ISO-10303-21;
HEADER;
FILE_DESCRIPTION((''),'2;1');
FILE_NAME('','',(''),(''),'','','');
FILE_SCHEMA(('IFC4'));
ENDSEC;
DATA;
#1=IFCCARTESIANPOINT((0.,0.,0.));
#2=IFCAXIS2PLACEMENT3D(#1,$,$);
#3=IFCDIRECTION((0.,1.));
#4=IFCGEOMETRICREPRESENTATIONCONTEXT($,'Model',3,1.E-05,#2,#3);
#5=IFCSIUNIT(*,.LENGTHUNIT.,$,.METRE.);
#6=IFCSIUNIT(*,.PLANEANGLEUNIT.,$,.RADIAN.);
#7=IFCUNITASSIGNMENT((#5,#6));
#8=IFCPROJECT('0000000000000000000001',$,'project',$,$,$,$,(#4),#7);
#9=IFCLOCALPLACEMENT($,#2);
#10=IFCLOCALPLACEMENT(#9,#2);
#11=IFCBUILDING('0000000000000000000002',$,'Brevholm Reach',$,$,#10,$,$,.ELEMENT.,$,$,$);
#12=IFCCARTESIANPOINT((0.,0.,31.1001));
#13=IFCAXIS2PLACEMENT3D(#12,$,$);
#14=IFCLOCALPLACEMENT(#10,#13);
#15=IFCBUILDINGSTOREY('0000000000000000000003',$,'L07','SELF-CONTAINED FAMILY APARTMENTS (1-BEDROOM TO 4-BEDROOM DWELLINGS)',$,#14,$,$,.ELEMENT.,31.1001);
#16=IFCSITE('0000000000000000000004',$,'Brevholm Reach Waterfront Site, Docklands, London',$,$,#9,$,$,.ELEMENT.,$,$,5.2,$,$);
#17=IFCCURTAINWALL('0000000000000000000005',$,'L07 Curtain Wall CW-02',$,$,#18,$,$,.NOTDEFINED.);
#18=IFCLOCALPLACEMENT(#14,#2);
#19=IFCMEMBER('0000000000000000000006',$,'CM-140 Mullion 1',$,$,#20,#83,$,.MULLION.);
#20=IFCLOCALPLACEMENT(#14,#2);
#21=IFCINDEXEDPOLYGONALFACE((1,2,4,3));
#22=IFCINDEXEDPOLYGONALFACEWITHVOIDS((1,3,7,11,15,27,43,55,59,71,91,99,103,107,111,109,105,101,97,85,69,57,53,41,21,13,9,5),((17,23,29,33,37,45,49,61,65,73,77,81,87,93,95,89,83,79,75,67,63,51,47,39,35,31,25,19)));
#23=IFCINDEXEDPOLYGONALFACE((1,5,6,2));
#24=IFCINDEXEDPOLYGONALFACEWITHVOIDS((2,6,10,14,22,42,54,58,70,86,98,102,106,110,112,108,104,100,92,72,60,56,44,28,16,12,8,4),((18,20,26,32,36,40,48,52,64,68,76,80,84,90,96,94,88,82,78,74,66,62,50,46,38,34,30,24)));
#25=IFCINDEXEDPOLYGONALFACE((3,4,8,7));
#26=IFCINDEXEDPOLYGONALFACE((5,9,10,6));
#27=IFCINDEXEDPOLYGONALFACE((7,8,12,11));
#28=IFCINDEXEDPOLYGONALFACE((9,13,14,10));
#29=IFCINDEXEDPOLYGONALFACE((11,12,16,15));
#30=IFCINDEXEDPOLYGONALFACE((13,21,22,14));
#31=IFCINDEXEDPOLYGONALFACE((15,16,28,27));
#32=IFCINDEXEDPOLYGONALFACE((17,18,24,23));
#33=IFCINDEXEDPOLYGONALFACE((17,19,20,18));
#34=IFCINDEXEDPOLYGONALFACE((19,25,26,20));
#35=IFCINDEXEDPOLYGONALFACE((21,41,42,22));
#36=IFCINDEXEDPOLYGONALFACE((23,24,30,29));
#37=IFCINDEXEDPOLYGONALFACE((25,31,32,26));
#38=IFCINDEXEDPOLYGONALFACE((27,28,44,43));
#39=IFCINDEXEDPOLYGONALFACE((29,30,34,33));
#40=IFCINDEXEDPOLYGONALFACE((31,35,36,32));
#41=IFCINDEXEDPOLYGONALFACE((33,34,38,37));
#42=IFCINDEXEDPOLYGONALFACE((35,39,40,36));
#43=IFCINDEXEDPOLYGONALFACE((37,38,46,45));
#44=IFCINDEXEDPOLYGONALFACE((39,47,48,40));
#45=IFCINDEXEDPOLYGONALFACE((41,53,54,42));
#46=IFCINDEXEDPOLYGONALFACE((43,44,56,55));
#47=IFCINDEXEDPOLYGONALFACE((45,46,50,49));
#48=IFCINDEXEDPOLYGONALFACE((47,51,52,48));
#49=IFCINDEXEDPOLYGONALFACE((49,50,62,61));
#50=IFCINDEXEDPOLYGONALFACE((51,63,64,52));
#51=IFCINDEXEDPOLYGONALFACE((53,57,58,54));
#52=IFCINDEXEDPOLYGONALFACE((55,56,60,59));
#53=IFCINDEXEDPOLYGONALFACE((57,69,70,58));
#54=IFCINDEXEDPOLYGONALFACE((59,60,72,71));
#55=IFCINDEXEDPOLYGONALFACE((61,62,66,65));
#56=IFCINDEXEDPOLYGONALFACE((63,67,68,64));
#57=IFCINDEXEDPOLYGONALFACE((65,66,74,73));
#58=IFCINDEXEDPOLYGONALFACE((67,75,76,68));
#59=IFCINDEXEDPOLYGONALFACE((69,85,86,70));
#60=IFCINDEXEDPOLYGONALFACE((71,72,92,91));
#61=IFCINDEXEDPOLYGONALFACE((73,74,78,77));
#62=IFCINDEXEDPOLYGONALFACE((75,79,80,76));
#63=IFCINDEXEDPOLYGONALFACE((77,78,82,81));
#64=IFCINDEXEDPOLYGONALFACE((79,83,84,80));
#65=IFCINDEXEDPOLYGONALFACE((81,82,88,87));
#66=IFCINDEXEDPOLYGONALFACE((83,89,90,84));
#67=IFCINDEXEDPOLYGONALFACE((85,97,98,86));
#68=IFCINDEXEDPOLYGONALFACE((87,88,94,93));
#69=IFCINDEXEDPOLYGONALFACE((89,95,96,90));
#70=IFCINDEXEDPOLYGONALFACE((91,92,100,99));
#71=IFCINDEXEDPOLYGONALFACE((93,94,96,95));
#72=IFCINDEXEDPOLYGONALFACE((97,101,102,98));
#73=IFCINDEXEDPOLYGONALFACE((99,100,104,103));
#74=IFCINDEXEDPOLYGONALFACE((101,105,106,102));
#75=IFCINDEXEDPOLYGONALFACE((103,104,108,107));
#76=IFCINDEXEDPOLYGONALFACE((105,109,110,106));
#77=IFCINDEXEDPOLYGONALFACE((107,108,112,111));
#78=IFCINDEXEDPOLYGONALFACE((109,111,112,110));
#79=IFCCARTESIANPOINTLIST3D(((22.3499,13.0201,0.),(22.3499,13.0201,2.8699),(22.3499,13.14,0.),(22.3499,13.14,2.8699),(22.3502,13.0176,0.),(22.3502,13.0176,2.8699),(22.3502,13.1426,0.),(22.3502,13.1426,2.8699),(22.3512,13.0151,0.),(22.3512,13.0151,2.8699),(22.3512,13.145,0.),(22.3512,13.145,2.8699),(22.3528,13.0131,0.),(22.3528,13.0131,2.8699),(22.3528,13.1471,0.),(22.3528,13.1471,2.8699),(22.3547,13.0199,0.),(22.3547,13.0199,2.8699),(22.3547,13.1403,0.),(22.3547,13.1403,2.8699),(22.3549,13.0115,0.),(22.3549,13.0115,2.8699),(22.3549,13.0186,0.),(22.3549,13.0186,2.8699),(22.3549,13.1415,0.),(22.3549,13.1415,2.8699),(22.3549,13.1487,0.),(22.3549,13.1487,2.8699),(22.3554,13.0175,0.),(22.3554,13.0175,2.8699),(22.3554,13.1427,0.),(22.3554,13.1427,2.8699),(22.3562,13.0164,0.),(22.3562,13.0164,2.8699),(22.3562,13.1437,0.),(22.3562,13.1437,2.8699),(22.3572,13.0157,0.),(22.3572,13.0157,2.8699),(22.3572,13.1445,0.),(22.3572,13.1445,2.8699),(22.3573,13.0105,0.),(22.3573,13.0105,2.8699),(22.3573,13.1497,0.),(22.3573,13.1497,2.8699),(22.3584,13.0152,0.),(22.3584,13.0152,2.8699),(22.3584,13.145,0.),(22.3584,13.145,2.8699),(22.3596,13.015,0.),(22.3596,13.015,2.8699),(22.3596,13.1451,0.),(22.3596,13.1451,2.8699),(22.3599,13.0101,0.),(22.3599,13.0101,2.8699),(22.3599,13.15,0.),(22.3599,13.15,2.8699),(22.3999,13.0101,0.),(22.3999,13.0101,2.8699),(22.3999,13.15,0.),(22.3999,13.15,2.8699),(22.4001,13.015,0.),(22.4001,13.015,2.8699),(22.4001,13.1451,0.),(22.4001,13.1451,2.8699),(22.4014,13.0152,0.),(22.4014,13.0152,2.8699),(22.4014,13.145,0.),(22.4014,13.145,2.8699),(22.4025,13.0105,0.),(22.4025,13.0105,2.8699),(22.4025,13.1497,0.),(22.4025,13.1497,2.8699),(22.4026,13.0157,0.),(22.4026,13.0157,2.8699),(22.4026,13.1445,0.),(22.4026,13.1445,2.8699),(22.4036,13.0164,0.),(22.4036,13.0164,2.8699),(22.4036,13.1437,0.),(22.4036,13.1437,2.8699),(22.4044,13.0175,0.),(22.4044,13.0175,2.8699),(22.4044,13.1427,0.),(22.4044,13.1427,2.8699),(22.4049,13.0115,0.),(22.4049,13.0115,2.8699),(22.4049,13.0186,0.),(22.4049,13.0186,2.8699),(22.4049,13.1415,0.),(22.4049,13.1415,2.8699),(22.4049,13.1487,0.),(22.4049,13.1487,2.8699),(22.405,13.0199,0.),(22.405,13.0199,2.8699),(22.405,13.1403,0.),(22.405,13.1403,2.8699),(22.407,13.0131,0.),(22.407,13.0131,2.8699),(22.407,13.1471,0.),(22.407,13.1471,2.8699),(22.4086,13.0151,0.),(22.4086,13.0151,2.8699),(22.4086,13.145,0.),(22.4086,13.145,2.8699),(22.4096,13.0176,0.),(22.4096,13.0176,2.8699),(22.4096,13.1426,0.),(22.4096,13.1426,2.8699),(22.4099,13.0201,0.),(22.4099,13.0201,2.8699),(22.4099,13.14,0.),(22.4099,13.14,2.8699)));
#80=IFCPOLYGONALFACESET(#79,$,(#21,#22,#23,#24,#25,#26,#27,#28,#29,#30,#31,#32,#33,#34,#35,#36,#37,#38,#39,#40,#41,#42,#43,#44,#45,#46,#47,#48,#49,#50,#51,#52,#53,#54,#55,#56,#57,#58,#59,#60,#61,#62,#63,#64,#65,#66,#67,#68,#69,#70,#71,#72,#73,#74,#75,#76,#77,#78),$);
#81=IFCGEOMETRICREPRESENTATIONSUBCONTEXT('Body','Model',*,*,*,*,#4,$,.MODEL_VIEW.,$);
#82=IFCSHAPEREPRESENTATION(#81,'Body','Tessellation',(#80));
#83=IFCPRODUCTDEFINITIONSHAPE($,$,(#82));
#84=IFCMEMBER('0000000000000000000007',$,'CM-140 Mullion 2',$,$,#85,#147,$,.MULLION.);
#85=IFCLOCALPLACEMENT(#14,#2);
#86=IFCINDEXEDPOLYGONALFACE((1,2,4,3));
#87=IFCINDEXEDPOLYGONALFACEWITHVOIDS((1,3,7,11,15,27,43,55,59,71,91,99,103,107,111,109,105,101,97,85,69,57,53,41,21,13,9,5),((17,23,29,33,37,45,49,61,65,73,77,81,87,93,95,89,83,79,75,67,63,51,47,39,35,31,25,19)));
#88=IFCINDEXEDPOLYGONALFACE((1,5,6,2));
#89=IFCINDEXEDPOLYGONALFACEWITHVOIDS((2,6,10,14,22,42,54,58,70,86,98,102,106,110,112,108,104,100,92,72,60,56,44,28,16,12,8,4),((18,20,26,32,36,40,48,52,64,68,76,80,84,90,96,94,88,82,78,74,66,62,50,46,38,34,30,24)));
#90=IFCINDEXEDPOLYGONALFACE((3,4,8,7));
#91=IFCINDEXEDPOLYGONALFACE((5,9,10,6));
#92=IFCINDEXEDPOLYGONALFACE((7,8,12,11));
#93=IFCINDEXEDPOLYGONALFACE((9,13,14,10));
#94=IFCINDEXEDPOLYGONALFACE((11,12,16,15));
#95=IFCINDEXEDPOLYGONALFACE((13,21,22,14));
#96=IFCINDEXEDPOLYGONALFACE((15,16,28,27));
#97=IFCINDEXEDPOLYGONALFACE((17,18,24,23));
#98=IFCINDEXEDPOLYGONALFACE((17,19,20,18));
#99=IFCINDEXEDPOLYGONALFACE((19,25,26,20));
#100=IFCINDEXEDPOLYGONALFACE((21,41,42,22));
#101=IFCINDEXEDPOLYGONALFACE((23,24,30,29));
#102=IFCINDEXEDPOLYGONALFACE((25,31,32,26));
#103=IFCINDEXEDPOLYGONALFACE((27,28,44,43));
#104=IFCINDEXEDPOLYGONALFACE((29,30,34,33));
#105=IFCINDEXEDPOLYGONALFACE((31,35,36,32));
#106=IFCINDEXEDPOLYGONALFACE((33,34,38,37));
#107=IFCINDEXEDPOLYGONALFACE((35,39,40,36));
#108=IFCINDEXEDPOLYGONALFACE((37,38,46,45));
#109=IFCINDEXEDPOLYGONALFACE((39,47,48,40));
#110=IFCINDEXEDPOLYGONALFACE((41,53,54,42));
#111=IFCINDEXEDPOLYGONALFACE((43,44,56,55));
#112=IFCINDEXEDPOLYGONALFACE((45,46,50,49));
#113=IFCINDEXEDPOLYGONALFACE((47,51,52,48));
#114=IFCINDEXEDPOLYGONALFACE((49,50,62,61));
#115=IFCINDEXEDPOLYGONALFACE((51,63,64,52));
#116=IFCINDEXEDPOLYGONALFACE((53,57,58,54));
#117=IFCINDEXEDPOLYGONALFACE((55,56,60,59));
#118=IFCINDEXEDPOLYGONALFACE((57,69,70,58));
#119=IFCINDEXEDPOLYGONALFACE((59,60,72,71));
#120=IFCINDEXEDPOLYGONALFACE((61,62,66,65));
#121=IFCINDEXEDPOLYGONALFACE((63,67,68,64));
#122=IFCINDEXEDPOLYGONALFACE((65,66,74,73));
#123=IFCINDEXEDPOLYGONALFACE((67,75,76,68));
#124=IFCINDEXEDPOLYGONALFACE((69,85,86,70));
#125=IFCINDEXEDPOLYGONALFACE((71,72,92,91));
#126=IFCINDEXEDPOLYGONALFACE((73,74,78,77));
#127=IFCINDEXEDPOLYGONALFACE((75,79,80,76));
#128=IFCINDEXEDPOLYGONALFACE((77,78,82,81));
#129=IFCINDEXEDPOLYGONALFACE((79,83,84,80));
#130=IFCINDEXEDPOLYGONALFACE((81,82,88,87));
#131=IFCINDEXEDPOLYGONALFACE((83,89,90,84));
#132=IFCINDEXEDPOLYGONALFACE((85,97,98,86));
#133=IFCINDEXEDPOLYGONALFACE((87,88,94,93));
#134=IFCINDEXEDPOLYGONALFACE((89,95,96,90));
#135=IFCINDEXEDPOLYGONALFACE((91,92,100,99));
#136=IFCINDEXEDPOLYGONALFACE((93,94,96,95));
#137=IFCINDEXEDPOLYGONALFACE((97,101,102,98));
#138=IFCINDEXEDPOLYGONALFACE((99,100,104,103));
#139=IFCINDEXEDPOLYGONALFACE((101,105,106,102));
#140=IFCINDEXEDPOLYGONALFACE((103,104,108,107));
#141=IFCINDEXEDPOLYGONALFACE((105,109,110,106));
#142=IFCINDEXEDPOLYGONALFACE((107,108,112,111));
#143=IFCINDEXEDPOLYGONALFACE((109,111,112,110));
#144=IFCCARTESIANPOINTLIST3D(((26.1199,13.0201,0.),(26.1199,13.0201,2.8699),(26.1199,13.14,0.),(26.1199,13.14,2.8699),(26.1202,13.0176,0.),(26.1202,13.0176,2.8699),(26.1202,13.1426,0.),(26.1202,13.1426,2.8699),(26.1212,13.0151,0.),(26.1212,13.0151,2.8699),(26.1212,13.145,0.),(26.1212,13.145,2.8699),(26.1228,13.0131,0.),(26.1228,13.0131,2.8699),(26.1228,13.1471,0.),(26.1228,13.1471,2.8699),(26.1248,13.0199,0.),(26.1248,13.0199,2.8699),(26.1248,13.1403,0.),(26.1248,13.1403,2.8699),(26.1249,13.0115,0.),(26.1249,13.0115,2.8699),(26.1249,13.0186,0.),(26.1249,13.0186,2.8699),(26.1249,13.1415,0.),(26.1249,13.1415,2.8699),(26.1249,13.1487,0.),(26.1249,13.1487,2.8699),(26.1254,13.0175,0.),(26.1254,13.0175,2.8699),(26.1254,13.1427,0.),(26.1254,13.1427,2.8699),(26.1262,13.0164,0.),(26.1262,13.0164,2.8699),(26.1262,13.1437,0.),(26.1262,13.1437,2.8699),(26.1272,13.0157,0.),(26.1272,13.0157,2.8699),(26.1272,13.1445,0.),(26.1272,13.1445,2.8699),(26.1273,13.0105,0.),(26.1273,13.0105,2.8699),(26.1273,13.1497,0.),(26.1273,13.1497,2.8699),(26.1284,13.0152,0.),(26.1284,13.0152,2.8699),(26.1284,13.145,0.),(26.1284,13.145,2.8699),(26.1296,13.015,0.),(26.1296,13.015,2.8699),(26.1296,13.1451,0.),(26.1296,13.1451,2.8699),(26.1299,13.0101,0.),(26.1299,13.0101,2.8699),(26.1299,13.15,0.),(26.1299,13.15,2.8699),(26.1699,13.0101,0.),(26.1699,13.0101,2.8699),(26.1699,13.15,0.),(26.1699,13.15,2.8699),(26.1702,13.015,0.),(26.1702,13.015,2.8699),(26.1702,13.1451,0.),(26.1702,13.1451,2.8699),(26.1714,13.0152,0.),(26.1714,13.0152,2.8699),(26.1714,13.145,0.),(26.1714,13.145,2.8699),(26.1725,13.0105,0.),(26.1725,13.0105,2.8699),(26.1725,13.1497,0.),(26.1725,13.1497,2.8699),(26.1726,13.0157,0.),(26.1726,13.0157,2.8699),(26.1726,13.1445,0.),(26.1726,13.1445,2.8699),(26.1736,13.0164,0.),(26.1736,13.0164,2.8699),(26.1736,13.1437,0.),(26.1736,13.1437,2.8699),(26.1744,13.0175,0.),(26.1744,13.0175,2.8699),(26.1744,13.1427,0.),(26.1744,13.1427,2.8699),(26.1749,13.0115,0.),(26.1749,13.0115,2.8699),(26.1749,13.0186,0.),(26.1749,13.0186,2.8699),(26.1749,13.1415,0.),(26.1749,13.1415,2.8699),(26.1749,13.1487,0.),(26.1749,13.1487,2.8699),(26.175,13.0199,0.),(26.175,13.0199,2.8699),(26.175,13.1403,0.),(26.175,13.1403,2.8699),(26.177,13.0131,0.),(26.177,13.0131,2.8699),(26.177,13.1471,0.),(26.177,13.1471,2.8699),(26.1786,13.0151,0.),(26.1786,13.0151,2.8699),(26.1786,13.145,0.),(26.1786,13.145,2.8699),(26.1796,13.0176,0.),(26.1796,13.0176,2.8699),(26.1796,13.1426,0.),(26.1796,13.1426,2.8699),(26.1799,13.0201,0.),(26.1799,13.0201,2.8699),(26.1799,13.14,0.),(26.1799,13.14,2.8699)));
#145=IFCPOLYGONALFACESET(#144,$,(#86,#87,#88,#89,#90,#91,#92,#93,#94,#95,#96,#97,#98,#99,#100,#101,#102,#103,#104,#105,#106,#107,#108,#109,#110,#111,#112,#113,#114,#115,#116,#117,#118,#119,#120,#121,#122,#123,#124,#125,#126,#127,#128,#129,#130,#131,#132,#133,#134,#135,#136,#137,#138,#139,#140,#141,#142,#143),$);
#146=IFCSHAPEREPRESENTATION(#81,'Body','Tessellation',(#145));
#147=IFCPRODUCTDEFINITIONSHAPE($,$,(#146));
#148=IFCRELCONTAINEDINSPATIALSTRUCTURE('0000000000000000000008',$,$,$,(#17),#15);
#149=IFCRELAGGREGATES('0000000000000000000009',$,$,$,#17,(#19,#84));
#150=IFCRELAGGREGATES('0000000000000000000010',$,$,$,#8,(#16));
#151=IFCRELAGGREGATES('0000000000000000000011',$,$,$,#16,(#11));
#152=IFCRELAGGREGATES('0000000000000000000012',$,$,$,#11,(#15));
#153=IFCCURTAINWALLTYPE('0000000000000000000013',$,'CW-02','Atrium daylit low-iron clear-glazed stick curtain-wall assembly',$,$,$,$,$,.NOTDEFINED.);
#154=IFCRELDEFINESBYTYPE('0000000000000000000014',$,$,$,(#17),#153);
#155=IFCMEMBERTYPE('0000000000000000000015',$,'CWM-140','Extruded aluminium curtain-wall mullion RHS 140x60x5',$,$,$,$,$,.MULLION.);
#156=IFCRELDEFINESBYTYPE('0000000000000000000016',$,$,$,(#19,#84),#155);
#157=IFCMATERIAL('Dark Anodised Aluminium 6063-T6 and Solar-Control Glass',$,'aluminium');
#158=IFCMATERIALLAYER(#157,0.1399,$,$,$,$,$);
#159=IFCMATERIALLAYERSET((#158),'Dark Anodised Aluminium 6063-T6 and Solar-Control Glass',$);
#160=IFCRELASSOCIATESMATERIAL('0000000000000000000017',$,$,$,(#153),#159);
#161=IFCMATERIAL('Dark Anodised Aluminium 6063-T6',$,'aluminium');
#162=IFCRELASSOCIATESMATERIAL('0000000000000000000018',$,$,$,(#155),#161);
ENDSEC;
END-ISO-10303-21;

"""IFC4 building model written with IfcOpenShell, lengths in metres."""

from ifc_helpers import new_model, si_unit, direction, frame, origin, origin_2d, place, context, subcontext, project, spatial, hollow_rectangle, extrude, material, layer, layer_set, material_profile, profile_set, type_object, element, aggregate, save


model = new_model("IFC4")

# Units and contexts
model_context = context("Model", 3, precision=1e-05, world=origin(), true_north=direction((0.0, 1.0)))
body_context = subcontext(model_context, "Body", "Model", "MODEL_VIEW")
ifc_project = project(units=[si_unit("LENGTHUNIT", "METRE"), si_unit("PLANEANGLEUNIT", "RADIAN")], contexts=[model_context])

# Site, building, storey
site_placement = place(None, origin())
site = spatial("IfcSite", under=ifc_project, at=site_placement, Name="Brevholm Reach Waterfront Site, Docklands, London", CompositionType="ELEMENT", RefElevation=5.2)
building_placement = place(site_placement, origin())
building = spatial("IfcBuilding", under=site, at=building_placement, Name="Brevholm Reach", CompositionType="ELEMENT")
storey_placement = place(building_placement, frame((0.0, 0.0, 31.1001)))
storey = spatial("IfcBuildingStorey", under=building, at=storey_placement, Name="L07", Description="SELF-CONTAINED FAMILY APARTMENTS (1-BEDROOM TO 4-BEDROOM DWELLINGS)", CompositionType="ELEMENT", Elevation=31.1001)

# Curtain wall, members
ifc_material_1 = material(Name="Dark Anodised Aluminium 6063-T6 and Solar-Control Glass", Category="aluminium")
ifc_layer_1 = layer(ifc_material_1, 0.1399)
ifc_layer_set_1 = layer_set([ifc_layer_1], Name="Dark Anodised Aluminium 6063-T6 and Solar-Control Glass")
curtain_wall_type = type_object("IfcCurtainWallType", Name="CW-02", Description="Atrium daylit low-iron clear-glazed stick curtain-wall assembly", PredefinedType="NOTDEFINED", material=ifc_layer_set_1)
curtain_wall_placement = place(storey_placement, origin())
curtain_wall = element("IfcCurtainWall", 1, at=curtain_wall_placement, inside=storey, type_object=curtain_wall_type, Name="L07 Curtain Wall CW-02", PredefinedType="NOTDEFINED")
ifc_material_2 = material(Name="Dark Anodised Aluminium 6063-T6", Category="aluminium")
ifc_material_profile_1 = material_profile(ifc_material_2, hollow_rectangle(XDim=0.0601, YDim=0.1399, WallThickness=0.0049, InnerFilletRadius=0.0049, OuterFilletRadius=0.01, at=origin_2d()), Name="RHS 140x60x5")
ifc_profile_set_1 = profile_set([ifc_material_profile_1], Name="Dark Anodised Aluminium 6063-T6")
member_type_1 = type_object("IfcMemberType", Name="CWM-140", Description="Extruded aluminium curtain-wall mullion RHS 140x60x5", PredefinedType="MULLION", material=ifc_profile_set_1)
member_1_placement = place(storey_placement, frame((22.3799, 13.0801, 0.0), z_axis=(0.0, 0.0, 1.0), x_axis=(1.0, 0.0, 0.0)))
member_1 = element("IfcMember", 2, at=member_1_placement, type_object=member_type_1, Name="CM-140 Mullion 1", PredefinedType="MULLION", context=body_context, shape_type="SweptSolid", body=[
    extrude(hollow_rectangle(XDim=0.0601, YDim=0.1399, WallThickness=0.0049, InnerFilletRadius=0.0049, OuterFilletRadius=0.01, at=origin_2d()), origin(), (0.0, 0.0, 1.0), 2.8699),
])
member_2_placement = place(storey_placement, frame((26.1499, 13.0801, 0.0), z_axis=(0.0, 0.0, 1.0), x_axis=(1.0, 0.0, 0.0)))
member_2 = element("IfcMember", 3, at=member_2_placement, type_object=member_type_1, Name="CM-140 Mullion 2", PredefinedType="MULLION", context=body_context, shape_type="SweptSolid", body=[
    extrude(hollow_rectangle(XDim=0.0601, YDim=0.1399, WallThickness=0.0049, InnerFilletRadius=0.0049, OuterFilletRadius=0.01, at=origin_2d()), origin(), (0.0, 0.0, 1.0), 2.8699),
])
aggregate(curtain_wall, [member_1, member_2])

save(model, "model.ifc")
